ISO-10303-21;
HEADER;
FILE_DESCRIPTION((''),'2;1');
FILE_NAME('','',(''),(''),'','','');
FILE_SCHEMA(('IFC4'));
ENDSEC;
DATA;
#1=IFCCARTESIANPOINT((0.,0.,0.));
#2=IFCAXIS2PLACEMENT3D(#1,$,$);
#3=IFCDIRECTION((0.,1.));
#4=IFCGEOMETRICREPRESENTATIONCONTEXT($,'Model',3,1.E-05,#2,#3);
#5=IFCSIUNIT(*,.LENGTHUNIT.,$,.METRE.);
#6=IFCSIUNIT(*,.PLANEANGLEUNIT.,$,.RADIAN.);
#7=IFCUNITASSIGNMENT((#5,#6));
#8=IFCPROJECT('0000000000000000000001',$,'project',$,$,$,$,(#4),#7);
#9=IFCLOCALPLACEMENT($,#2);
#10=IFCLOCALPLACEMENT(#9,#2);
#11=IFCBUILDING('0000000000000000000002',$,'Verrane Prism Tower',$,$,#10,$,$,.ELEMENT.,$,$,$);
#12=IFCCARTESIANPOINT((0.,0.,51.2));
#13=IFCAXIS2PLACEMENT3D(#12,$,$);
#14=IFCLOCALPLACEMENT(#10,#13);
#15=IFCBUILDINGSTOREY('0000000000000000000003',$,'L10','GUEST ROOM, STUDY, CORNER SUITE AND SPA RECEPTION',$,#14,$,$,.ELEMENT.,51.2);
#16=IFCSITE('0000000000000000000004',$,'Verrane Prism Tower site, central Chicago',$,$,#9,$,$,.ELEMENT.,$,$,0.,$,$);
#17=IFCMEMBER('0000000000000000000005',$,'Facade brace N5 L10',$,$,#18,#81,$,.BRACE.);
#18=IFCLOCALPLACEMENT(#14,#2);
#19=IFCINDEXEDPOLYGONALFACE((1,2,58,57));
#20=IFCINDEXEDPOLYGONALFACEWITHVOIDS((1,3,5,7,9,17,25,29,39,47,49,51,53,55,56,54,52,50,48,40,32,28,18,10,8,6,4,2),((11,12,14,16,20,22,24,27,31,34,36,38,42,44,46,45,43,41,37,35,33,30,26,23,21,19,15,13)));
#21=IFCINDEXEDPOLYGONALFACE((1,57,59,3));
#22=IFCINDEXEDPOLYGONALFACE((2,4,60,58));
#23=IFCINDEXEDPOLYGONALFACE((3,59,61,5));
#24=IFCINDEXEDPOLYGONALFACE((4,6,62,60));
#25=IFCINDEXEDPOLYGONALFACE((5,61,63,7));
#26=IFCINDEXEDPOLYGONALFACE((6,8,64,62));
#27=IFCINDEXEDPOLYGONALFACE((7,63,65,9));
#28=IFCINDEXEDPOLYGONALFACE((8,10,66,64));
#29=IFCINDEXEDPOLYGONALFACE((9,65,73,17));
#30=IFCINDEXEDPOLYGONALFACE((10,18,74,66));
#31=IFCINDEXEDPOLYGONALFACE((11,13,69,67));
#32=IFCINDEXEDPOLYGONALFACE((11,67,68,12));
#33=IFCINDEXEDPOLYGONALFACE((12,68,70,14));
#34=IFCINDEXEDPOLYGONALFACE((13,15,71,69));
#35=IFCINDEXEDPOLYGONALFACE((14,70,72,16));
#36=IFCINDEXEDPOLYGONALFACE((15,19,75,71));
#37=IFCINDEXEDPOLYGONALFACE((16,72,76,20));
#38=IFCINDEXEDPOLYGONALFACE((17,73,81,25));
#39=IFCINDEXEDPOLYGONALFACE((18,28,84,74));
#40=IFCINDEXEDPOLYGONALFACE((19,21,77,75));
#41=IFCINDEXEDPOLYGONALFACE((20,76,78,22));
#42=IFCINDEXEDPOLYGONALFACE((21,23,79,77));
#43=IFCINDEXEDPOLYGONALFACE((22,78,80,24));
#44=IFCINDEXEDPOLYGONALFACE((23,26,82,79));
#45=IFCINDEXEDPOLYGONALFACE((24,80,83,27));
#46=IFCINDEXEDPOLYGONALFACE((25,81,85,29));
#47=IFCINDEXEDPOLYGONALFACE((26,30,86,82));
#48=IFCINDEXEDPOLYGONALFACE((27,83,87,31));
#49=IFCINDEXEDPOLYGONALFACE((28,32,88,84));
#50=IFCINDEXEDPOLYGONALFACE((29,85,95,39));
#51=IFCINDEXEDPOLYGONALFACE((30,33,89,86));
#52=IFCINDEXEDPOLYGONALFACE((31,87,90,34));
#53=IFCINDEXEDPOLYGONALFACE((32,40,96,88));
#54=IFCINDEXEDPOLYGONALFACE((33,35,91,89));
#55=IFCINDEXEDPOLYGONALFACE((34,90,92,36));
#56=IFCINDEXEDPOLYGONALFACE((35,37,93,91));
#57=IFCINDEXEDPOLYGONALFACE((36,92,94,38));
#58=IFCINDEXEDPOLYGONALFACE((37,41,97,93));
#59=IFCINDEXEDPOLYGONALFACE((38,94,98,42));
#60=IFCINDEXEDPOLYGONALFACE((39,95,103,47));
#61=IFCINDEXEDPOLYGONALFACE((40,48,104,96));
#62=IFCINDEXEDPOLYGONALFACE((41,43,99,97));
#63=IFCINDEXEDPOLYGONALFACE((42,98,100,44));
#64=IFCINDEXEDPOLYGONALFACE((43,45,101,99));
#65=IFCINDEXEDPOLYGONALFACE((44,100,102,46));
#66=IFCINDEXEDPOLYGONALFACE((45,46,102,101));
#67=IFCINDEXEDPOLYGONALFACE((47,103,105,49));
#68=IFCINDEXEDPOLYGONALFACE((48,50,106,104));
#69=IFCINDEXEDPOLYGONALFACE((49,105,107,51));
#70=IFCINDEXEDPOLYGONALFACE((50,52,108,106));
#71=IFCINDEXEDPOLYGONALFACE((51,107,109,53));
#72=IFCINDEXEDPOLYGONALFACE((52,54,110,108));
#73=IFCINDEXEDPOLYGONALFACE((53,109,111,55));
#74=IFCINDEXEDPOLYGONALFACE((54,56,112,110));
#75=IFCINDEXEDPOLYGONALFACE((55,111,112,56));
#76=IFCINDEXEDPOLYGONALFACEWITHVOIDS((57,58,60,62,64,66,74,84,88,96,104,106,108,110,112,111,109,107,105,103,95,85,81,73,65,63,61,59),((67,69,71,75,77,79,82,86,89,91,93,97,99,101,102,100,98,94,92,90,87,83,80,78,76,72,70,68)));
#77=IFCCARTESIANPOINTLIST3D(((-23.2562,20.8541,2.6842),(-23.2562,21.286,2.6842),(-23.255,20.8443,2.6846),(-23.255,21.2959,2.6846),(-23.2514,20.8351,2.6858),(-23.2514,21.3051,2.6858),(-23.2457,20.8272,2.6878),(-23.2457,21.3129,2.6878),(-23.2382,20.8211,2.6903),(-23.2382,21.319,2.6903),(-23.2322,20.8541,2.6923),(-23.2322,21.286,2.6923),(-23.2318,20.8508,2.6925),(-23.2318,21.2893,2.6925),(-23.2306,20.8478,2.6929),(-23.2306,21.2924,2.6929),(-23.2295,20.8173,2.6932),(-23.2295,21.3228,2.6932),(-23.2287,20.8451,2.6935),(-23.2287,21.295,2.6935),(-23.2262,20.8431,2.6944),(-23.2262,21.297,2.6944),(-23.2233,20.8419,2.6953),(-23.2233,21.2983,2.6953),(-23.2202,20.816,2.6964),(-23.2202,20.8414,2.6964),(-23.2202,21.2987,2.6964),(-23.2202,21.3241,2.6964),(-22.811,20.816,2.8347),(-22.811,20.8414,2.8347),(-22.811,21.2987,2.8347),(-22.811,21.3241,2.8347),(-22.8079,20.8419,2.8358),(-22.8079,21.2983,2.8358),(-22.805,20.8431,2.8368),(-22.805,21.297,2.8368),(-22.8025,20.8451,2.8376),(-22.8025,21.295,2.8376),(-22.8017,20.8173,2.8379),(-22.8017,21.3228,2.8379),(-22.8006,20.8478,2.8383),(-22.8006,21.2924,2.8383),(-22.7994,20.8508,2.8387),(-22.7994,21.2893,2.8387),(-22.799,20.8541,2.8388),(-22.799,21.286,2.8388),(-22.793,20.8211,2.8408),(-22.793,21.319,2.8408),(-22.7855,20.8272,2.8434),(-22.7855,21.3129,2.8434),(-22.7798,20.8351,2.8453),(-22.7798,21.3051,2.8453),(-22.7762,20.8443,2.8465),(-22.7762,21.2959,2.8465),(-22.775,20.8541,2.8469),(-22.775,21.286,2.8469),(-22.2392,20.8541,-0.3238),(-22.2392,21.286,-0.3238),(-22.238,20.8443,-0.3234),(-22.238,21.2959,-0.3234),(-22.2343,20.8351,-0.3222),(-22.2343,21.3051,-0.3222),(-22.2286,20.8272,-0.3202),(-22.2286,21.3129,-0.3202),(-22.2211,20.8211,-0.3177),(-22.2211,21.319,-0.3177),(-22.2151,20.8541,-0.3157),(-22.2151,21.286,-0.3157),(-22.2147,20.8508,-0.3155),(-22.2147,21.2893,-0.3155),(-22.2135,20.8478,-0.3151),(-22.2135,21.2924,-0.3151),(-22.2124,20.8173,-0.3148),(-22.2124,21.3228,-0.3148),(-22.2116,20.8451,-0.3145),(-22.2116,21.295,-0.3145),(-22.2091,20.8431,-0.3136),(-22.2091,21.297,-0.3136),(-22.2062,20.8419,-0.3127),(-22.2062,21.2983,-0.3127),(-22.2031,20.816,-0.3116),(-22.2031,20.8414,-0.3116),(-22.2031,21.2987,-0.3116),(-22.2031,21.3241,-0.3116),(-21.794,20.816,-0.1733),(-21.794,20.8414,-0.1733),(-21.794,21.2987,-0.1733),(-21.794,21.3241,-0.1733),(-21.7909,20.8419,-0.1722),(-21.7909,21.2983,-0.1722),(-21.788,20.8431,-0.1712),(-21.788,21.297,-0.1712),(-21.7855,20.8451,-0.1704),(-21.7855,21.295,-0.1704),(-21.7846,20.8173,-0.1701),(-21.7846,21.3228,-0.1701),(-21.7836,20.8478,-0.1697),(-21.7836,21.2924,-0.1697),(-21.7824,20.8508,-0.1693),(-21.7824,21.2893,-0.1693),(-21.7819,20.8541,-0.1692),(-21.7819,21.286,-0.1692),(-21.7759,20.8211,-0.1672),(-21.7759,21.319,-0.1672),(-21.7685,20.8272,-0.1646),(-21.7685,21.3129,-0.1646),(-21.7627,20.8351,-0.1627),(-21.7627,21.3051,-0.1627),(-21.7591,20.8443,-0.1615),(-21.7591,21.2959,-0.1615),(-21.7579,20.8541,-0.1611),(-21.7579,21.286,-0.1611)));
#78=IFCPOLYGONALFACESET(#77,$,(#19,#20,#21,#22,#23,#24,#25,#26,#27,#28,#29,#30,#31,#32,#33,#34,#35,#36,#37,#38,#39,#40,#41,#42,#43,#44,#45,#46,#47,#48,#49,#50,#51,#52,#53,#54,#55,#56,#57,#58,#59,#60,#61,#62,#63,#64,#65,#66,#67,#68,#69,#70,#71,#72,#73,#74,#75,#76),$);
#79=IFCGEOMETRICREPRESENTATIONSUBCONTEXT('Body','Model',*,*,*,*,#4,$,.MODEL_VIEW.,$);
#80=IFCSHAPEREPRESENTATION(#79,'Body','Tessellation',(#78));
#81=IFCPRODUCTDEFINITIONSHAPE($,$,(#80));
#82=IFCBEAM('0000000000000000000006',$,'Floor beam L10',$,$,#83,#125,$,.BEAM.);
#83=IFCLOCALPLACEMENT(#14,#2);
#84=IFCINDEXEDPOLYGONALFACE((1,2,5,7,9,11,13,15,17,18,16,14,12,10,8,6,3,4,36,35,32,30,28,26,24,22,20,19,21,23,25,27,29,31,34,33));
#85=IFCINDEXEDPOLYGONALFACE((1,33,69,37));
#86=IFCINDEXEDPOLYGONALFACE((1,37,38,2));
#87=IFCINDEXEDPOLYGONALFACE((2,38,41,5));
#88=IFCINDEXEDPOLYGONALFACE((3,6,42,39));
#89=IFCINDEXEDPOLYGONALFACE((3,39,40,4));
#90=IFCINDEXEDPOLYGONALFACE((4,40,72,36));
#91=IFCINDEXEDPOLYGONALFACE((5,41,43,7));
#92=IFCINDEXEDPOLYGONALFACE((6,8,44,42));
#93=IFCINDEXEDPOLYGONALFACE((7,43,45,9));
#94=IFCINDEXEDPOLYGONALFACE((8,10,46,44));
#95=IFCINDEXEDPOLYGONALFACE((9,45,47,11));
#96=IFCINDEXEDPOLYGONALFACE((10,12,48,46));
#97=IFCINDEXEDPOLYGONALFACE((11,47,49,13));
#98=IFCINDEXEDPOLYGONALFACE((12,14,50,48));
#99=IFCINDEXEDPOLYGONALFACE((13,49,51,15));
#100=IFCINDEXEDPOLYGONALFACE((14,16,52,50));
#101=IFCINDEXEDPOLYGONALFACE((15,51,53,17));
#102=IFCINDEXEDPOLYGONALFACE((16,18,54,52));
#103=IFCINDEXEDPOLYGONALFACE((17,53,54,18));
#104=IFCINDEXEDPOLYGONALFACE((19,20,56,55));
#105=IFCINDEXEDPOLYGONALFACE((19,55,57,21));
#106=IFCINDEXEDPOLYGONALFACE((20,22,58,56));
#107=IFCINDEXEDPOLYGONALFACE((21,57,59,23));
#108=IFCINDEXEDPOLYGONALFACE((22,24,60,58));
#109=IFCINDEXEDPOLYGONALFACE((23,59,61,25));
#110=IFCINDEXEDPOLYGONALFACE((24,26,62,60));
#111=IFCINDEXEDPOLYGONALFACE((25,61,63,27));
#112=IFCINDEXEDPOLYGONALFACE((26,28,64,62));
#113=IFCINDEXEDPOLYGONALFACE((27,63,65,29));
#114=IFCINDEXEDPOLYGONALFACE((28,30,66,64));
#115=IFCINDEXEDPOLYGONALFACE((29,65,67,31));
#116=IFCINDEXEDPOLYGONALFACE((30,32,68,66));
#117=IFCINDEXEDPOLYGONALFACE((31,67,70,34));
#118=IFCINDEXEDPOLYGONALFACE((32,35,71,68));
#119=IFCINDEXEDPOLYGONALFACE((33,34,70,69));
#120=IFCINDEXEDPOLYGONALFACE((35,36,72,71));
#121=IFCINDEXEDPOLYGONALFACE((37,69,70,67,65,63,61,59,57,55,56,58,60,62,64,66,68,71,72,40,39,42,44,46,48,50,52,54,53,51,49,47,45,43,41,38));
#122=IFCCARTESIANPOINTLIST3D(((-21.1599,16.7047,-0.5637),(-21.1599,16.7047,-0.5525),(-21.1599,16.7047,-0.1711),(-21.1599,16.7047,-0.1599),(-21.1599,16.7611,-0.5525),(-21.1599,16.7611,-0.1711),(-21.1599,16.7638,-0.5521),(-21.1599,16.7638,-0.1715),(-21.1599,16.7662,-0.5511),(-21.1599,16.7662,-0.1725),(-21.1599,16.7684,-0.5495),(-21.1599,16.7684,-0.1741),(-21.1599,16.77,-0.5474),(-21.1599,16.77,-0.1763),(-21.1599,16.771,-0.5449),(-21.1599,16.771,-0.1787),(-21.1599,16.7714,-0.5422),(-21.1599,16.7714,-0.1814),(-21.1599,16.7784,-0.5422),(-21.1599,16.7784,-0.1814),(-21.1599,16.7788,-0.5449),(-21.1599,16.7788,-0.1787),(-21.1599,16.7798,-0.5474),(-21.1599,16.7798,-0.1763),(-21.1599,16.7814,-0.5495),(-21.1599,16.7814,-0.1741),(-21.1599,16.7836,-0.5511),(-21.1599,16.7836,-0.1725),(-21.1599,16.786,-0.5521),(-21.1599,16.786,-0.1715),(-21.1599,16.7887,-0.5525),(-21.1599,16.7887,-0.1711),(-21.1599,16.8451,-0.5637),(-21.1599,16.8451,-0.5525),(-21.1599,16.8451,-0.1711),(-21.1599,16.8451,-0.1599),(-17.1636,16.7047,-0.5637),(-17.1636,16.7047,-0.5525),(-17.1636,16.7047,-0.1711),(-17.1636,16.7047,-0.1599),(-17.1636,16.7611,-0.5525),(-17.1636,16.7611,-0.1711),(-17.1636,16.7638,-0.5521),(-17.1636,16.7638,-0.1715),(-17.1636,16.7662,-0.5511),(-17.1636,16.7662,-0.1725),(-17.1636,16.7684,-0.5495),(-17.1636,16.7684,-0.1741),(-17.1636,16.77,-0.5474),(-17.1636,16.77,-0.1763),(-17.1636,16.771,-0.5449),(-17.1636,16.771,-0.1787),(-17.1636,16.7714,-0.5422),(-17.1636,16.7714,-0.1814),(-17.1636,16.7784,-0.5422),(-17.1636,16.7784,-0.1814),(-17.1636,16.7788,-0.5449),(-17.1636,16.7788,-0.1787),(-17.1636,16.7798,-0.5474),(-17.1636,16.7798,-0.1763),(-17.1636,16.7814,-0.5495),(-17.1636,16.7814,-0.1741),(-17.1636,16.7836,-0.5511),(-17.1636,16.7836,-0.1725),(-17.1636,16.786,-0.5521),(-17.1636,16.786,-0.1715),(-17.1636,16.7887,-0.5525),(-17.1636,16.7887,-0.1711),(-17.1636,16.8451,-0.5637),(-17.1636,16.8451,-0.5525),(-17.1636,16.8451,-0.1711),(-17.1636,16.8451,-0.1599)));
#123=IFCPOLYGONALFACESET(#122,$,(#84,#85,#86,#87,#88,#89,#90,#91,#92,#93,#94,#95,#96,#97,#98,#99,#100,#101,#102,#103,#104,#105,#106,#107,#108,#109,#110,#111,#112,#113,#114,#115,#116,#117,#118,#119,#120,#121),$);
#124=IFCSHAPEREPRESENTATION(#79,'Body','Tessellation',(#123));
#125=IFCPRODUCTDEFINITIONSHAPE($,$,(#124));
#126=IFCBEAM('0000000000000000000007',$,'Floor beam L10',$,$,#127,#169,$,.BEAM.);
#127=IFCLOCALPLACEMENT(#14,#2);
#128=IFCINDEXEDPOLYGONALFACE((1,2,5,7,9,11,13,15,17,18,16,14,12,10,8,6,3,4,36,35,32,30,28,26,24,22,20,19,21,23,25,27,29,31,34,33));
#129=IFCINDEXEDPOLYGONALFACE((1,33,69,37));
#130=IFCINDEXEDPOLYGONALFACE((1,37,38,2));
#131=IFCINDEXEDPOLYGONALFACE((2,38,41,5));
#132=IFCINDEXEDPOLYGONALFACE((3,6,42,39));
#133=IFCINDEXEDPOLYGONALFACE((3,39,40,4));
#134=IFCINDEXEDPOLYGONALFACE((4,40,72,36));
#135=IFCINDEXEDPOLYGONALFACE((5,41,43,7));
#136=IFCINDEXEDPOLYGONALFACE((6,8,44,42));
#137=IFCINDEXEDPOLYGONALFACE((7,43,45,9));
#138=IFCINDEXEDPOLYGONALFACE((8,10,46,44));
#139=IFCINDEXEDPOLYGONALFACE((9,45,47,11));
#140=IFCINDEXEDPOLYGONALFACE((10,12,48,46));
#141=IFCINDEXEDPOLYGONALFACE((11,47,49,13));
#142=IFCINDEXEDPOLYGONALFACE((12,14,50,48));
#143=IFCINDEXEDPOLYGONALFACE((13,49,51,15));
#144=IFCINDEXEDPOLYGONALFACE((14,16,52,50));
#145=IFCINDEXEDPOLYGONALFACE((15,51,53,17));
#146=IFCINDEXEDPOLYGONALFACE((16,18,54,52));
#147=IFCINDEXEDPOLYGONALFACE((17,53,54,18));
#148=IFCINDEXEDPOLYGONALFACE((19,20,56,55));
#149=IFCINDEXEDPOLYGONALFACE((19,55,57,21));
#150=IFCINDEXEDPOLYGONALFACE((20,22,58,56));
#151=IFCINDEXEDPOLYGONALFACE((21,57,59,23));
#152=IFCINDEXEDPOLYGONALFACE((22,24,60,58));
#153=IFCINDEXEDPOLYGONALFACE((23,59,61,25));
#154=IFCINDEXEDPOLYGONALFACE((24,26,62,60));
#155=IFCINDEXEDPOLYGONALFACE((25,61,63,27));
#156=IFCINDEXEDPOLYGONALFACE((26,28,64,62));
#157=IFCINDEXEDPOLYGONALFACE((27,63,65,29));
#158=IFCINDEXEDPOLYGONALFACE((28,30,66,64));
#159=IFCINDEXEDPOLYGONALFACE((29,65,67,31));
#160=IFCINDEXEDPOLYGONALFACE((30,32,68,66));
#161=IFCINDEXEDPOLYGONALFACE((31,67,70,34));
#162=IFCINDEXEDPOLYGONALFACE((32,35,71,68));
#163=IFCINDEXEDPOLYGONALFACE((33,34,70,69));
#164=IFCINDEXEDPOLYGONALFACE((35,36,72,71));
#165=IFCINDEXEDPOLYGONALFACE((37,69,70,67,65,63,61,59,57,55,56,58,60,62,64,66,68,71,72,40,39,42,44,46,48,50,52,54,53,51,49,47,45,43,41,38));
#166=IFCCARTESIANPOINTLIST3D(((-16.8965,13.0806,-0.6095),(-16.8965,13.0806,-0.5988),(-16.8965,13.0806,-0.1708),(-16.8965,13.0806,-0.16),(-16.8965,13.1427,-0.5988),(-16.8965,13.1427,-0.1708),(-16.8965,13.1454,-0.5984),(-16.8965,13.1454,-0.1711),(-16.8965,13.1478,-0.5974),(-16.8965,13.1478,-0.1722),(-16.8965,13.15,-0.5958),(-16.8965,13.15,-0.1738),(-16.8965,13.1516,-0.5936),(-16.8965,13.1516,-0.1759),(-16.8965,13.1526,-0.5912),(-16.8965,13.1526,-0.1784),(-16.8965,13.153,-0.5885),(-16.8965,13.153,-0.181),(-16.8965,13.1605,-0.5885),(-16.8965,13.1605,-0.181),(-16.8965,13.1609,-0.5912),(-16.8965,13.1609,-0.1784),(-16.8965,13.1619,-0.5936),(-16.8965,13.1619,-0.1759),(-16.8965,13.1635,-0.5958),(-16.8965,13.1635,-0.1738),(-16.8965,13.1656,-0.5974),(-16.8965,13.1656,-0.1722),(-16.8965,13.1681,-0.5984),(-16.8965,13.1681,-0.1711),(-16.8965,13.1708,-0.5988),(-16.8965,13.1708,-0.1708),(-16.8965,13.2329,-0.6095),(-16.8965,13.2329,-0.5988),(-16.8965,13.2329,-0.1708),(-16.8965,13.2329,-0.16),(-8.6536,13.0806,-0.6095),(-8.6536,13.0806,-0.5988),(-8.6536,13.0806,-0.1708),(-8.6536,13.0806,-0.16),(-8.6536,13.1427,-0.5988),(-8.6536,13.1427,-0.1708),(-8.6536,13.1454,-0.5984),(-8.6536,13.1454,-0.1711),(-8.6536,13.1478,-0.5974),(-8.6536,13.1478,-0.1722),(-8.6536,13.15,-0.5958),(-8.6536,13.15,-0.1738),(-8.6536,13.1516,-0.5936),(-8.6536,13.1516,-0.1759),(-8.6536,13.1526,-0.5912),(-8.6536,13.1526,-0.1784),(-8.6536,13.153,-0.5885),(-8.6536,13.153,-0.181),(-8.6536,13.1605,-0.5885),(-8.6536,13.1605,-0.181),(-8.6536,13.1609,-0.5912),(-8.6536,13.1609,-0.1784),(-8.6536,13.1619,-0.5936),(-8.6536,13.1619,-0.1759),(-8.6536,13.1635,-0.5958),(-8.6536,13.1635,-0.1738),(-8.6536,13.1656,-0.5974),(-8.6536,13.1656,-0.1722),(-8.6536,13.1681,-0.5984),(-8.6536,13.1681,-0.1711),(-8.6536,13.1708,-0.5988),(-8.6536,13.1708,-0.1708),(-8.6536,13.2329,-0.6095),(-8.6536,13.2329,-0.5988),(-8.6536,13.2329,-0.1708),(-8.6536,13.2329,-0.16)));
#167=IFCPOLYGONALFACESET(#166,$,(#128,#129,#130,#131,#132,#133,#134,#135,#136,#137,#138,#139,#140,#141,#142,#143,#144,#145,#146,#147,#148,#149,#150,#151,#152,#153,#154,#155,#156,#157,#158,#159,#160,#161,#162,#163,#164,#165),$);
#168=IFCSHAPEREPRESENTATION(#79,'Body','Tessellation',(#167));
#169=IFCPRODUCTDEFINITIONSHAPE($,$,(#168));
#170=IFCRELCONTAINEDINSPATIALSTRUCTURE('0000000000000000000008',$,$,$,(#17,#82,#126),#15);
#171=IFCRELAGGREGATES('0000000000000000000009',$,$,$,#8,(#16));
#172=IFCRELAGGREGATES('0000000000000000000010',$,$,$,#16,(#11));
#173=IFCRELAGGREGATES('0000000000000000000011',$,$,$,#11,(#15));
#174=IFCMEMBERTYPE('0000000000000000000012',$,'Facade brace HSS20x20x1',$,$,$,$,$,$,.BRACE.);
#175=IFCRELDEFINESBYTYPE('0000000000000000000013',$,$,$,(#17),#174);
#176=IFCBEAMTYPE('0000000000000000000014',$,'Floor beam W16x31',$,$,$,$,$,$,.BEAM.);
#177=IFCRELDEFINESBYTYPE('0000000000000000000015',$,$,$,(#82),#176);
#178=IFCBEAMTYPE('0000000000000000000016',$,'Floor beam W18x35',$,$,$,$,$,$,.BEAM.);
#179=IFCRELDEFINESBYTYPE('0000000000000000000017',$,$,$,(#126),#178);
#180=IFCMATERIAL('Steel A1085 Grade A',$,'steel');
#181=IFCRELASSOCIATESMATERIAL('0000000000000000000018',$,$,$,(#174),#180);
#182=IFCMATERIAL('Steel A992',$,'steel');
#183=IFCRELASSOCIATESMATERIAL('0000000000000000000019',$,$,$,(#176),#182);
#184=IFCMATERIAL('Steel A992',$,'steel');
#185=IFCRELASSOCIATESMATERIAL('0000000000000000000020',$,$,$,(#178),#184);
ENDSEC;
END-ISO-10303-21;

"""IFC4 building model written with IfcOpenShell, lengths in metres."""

from ifc_helpers import new_model, si_unit, direction, frame, origin, origin_2d, place, context, subcontext, project, spatial, hollow_rectangle, i_section, extrude, material, material_profile, profile_set, type_object, element, save


model = new_model("IFC4")

# Units and contexts
model_context = context("Model", 3, precision=1e-05, world=origin(), true_north=direction((0.0, 1.0)))
body_context = subcontext(model_context, "Body", "Model", "MODEL_VIEW")
ifc_project = project(units=[si_unit("LENGTHUNIT", "METRE"), si_unit("PLANEANGLEUNIT", "RADIAN")], contexts=[model_context])

# Site, building, storey
site_placement = place(None, origin())
site = spatial("IfcSite", under=ifc_project, at=site_placement, Name="Verrane Prism Tower site, central Chicago", CompositionType="ELEMENT", RefElevation=0.0)
building_placement = place(site_placement, origin())
building = spatial("IfcBuilding", under=site, at=building_placement, Name="Verrane Prism Tower", CompositionType="ELEMENT")
storey_placement = place(building_placement, frame((0.0, 0.0, 51.2)))
storey = spatial("IfcBuildingStorey", under=building, at=storey_placement, Name="L10", Description="GUEST ROOM, STUDY, CORNER SUITE AND SPA RECEPTION", CompositionType="ELEMENT", Elevation=51.2)

# Member
ifc_material_1 = material(Name="Steel A1085 Grade A", Category="steel")
ifc_material_profile_1 = material_profile(ifc_material_1, hollow_rectangle(XDim=0.5081, YDim=0.5081, WallThickness=0.0254, InnerFilletRadius=0.0127, OuterFilletRadius=0.0381, at=origin_2d()), Name="HSS20x20x1")
ifc_profile_set_1 = profile_set([ifc_material_profile_1], Name="Steel A1085 Grade A")
member_type_1 = type_object("IfcMemberType", Name="Facade brace HSS20x20x1", PredefinedType="BRACE", material=ifc_profile_set_1)
member_1_placement = place(storey_placement, frame((-21.9985, 21.0701, -0.2424), z_axis=(-0.320307, 0.0, 0.947314), x_axis=(0.0, -1.0, 0.0)))
element("IfcMember", 1, at=member_1_placement, inside=storey, type_object=member_type_1, Name="Facade brace N5 L10", PredefinedType="BRACE", context=body_context, shape_type="SweptSolid", body=[
    extrude(hollow_rectangle(XDim=0.5081, YDim=0.5081, WallThickness=0.0254, InnerFilletRadius=0.0127, OuterFilletRadius=0.0381, at=origin_2d()), origin(), (0.0, 0.0, 1.0), 3.1753),
])

# Beams
ifc_material_2 = material(Name="Steel A992", Category="steel")
ifc_material_profile_2 = material_profile(ifc_material_2, i_section(OverallWidth=0.1404, OverallDepth=0.4038, WebThickness=0.0071, FlangeThickness=0.0112, FilletRadius=0.0103, at=origin_2d()), Name="W16x31")
ifc_profile_set_2 = profile_set([ifc_material_profile_2], Name="Steel A992")
beam_type_1 = type_object("IfcBeamType", Name="Floor beam W16x31", PredefinedType="BEAM", material=ifc_profile_set_2)
beam_1_placement = place(storey_placement, frame((-21.1599, 16.7749, -0.3618), z_axis=(1.0, 0.0, 0.0), x_axis=(0.0, 1.0, 0.0)))
element("IfcBeam", 2, at=beam_1_placement, inside=storey, type_object=beam_type_1, Name="Floor beam L10", PredefinedType="BEAM", context=body_context, shape_type="SweptSolid", body=[
    extrude(i_section(OverallWidth=0.1404, OverallDepth=0.4038, WebThickness=0.0071, FlangeThickness=0.0112, FilletRadius=0.0103, at=origin_2d()), origin(), (0.0, 0.0, 1.0), 3.9963),
])
ifc_material_3 = material(Name="Steel A992", Category="steel")
ifc_material_profile_3 = material_profile(ifc_material_3, i_section(OverallWidth=0.1523, OverallDepth=0.4495, WebThickness=0.0076, FlangeThickness=0.0107, FilletRadius=0.0103, at=origin_2d()), Name="W18x35")
ifc_profile_set_3 = profile_set([ifc_material_profile_3], Name="Steel A992")
beam_type_2 = type_object("IfcBeamType", Name="Floor beam W18x35", PredefinedType="BEAM", material=ifc_profile_set_3)
for number, where, z_axis, x_axis, name in (
    (3, (-16.8965, 13.1567, -0.3848), (1.0, 0.0, 0.0), (0.0, 1.0, 0.0), "Floor beam L10"),
):
    element("IfcBeam", number, at=place(storey_placement, frame(where, z_axis=z_axis, x_axis=x_axis)), inside=storey, type_object=beam_type_2, Name=name, PredefinedType="BEAM", context=body_context, shape_type="SweptSolid", body=[
        extrude(i_section(OverallWidth=0.1523, OverallDepth=0.4495, WebThickness=0.0076, FlangeThickness=0.0107, FilletRadius=0.0103, at=origin_2d()), origin(), (0.0, 0.0, 1.0), 8.2429),
    ])

save(model, "model.ifc")
